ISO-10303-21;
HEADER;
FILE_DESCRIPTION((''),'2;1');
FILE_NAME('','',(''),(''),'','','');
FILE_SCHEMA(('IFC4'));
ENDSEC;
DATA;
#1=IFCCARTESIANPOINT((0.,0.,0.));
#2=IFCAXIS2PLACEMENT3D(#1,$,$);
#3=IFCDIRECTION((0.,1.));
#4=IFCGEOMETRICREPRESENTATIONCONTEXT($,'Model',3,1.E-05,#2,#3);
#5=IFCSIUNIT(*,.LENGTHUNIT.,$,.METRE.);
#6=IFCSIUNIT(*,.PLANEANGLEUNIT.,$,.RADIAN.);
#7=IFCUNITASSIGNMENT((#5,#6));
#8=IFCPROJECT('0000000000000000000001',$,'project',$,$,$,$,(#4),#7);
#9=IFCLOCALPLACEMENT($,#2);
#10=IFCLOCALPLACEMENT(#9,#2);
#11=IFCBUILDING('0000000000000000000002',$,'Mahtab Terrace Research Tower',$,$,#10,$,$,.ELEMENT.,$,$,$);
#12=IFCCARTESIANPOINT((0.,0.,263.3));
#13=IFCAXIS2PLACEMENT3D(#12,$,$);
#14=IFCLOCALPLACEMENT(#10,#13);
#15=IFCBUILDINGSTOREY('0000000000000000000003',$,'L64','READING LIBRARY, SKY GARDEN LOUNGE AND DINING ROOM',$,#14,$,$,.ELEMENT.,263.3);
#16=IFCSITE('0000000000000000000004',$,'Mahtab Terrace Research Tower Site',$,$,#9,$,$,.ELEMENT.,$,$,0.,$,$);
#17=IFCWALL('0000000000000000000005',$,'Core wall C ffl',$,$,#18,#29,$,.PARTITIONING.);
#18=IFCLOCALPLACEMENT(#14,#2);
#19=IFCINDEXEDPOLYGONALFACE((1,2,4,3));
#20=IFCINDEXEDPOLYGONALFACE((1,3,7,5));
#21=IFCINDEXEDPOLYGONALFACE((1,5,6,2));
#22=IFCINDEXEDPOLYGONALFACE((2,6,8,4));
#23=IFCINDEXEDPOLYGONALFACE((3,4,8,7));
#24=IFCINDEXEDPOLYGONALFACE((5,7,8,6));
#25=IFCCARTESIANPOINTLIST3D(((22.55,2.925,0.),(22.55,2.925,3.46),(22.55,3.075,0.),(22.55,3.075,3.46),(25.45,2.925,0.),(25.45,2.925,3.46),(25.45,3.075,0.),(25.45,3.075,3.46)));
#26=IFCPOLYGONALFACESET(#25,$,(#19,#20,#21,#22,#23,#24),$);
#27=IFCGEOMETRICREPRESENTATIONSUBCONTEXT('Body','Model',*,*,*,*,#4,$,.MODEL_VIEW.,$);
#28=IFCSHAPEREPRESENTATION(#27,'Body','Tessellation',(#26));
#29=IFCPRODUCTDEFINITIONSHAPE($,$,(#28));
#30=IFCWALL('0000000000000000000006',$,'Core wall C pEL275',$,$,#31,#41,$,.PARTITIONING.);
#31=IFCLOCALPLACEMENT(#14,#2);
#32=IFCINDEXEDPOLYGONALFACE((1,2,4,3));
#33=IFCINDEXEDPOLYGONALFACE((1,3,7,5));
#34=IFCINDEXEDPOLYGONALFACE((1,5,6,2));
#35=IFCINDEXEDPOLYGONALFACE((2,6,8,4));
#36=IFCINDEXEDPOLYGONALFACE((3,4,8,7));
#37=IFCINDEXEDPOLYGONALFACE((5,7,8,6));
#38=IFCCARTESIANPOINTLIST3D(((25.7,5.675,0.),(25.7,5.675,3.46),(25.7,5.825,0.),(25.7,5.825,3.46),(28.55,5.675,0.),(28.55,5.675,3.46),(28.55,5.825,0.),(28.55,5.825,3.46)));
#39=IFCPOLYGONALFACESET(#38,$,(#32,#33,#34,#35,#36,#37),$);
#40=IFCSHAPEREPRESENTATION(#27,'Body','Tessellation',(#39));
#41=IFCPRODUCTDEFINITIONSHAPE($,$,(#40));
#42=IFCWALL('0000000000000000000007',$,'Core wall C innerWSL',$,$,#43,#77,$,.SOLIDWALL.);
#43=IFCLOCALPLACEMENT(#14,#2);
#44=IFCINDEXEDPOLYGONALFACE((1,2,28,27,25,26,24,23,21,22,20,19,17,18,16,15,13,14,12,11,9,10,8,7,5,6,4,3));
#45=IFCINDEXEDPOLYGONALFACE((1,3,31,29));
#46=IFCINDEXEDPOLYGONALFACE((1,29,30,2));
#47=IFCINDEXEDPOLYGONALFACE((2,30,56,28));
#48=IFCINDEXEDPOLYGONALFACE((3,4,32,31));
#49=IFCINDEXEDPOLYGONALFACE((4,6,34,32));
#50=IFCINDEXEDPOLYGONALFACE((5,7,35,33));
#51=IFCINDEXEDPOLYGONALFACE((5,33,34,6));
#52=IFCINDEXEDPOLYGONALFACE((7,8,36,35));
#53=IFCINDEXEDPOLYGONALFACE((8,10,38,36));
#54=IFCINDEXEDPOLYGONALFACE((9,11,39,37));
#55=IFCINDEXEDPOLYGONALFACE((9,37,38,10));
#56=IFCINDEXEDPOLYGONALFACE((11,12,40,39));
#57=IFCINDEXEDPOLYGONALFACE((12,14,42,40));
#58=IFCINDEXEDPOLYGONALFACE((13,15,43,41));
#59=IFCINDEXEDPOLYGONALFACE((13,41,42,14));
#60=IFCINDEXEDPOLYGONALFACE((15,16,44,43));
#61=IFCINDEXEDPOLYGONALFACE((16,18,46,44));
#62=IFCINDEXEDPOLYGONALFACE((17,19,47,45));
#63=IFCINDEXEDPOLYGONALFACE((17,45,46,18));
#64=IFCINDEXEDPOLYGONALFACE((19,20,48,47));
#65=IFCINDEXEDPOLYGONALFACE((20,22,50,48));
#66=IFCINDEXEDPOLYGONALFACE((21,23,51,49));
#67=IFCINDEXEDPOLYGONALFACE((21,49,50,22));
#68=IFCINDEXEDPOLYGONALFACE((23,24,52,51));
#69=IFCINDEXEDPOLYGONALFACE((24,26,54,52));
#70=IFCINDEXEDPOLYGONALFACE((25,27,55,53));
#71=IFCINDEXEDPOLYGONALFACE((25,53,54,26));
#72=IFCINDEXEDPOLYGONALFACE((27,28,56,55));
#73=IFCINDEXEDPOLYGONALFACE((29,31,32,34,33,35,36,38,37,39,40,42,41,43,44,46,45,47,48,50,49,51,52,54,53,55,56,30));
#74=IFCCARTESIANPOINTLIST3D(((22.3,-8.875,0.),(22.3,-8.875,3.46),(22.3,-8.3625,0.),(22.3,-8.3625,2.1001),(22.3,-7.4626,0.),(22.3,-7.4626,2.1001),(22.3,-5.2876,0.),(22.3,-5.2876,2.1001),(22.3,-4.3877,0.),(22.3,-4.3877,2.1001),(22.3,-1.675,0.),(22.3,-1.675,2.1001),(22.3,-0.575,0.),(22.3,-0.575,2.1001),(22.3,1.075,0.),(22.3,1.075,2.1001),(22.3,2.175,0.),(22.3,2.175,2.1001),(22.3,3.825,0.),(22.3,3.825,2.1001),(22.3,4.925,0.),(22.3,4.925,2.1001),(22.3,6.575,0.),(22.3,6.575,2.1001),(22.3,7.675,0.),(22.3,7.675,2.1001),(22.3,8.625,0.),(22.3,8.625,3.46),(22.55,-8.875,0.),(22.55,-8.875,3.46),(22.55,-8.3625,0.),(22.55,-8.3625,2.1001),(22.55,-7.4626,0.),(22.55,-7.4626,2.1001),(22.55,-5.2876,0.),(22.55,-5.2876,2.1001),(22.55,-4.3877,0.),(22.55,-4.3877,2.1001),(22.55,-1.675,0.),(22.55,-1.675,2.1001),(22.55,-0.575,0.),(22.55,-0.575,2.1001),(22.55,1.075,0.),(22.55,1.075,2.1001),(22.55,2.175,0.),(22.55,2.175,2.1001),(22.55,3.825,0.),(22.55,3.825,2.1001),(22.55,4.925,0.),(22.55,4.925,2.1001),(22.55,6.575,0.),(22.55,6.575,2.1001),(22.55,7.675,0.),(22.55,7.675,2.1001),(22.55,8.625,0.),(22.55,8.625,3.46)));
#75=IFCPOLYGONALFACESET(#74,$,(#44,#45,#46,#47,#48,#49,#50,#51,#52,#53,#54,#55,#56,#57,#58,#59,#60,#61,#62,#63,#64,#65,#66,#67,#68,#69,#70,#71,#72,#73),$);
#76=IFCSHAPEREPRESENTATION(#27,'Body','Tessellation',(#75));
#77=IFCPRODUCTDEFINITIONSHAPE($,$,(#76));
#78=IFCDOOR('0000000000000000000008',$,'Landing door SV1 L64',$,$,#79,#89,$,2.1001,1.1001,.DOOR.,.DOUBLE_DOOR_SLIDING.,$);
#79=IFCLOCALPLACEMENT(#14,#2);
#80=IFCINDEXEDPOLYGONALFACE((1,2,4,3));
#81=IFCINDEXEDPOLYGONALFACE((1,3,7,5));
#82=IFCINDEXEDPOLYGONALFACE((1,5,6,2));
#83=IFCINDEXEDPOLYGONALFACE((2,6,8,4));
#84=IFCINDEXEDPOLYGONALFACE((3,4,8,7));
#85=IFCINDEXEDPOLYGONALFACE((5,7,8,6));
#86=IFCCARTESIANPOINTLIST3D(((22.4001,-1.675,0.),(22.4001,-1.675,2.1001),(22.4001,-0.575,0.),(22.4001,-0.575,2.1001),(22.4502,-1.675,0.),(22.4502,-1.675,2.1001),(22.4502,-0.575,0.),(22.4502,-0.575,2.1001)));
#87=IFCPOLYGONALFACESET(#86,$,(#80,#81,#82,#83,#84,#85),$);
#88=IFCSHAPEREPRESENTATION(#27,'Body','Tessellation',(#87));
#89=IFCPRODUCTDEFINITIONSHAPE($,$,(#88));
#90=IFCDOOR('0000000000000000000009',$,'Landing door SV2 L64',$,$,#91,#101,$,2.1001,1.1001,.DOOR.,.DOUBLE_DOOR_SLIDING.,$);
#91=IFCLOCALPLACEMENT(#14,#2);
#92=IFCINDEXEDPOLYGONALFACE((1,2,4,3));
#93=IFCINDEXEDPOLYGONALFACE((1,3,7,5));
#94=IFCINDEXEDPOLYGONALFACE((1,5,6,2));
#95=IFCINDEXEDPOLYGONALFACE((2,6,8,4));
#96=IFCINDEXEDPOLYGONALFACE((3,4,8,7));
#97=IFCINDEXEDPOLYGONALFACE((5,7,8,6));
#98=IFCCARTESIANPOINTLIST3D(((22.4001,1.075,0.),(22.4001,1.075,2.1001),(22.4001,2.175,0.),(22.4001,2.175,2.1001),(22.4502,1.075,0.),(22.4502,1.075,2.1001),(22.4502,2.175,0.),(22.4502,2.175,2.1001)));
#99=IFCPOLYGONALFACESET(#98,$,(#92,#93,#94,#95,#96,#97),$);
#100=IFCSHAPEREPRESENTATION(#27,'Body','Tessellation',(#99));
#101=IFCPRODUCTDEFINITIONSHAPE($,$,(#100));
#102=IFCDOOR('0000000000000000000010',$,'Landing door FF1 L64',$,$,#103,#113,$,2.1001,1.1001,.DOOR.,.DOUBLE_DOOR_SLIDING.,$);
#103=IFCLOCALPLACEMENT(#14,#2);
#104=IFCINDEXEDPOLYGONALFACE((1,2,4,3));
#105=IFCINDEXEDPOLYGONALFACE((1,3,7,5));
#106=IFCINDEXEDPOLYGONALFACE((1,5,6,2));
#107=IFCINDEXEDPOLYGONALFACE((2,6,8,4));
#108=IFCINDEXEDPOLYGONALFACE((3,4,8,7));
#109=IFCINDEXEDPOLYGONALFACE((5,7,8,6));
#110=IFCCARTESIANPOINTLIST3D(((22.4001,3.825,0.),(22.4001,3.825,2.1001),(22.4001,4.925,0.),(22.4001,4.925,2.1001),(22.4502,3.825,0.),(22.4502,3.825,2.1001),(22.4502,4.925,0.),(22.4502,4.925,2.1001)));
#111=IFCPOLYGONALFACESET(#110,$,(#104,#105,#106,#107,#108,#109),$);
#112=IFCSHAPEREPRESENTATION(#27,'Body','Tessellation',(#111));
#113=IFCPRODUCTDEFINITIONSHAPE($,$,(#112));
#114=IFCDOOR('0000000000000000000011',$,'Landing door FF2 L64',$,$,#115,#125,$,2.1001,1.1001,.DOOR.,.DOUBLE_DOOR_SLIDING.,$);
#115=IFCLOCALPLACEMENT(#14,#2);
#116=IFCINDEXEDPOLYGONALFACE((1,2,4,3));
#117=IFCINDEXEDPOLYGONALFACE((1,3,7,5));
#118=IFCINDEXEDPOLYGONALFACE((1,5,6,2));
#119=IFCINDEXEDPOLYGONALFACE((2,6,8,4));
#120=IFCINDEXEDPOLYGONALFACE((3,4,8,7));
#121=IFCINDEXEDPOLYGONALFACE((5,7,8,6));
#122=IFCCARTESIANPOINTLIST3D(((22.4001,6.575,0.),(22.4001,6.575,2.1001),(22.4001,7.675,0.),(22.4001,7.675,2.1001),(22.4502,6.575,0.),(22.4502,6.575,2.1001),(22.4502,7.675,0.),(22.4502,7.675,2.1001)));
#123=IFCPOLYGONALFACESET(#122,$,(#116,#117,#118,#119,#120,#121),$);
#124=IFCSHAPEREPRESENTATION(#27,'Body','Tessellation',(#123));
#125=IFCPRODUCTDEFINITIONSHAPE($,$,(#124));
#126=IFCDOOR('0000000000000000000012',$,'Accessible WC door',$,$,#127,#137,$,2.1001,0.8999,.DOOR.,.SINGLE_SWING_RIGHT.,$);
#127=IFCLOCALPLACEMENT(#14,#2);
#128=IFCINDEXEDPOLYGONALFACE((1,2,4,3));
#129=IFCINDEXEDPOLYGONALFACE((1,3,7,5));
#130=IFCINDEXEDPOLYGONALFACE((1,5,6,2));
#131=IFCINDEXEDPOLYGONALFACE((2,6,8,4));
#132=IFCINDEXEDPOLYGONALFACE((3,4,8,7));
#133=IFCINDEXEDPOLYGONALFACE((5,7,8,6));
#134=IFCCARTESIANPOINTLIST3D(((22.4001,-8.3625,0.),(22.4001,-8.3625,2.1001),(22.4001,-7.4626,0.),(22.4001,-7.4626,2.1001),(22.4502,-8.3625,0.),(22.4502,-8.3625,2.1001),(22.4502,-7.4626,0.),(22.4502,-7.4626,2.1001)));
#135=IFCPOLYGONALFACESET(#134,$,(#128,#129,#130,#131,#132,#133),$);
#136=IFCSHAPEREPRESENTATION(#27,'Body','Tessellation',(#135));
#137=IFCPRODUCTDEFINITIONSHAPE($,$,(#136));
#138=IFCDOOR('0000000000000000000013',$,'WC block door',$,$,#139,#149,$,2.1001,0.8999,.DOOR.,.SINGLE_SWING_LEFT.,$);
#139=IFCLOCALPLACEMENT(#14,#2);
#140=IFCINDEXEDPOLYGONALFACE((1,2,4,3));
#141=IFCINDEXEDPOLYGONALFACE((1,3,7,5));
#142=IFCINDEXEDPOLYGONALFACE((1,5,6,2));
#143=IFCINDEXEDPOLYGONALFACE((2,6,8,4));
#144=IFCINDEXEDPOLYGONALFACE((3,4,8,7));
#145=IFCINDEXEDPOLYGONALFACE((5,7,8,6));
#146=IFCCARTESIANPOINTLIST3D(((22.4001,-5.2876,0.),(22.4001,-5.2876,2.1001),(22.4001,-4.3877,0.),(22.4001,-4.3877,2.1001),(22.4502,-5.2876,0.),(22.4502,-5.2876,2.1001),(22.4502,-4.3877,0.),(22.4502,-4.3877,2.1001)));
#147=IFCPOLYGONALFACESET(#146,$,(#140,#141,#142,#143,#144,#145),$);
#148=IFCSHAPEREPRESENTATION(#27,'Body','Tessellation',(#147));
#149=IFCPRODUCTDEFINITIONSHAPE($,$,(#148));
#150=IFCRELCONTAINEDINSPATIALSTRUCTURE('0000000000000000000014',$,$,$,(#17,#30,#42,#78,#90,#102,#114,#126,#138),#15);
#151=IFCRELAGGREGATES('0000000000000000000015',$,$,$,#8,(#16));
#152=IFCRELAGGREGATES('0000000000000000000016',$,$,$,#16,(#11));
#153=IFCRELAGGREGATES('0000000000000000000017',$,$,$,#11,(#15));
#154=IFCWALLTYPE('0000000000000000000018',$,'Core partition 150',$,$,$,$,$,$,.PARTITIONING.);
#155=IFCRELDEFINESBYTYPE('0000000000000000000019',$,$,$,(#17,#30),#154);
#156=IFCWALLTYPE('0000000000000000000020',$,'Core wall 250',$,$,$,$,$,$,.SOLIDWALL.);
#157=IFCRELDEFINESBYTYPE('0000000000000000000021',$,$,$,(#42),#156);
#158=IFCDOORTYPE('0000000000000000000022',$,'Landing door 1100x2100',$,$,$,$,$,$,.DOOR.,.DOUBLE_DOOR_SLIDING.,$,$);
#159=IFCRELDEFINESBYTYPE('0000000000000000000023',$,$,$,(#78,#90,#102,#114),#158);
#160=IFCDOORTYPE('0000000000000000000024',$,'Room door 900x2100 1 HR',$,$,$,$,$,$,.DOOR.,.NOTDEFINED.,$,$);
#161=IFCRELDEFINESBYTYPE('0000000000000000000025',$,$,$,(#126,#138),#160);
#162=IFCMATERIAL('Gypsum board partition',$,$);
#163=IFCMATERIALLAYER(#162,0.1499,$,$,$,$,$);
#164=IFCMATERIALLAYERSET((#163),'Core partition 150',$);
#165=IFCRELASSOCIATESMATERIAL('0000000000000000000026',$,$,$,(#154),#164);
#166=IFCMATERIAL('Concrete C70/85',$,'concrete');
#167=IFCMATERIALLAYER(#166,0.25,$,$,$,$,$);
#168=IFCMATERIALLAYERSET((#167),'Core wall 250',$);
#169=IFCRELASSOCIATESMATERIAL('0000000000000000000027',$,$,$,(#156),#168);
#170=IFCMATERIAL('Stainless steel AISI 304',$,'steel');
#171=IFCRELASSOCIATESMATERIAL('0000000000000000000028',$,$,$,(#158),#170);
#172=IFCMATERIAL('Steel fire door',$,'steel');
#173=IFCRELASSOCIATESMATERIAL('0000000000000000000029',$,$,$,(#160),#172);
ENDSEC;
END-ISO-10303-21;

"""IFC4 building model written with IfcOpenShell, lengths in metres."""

from ifc_helpers import new_model, si_unit, direction, frame, frame_2d, origin, place, context, subcontext, project, spatial, rectangle, extrude, material, layer, layer_set, type_object, element, fill, save


model = new_model("IFC4")

# Units and contexts
model_context = context("Model", 3, precision=1e-05, world=origin(), true_north=direction((0.0, 1.0)))
body_context = subcontext(model_context, "Body", "Model", "MODEL_VIEW")
ifc_project = project(units=[si_unit("LENGTHUNIT", "METRE"), si_unit("PLANEANGLEUNIT", "RADIAN")], contexts=[model_context])

# Site, building, storey
site_placement = place(None, origin())
site = spatial("IfcSite", under=ifc_project, at=site_placement, Name="Mahtab Terrace Research Tower Site", CompositionType="ELEMENT", RefElevation=0.0)
building_placement = place(site_placement, origin())
building = spatial("IfcBuilding", under=site, at=building_placement, Name="Mahtab Terrace Research Tower", CompositionType="ELEMENT")
storey_placement = place(building_placement, frame((0.0, 0.0, 263.3)))
storey = spatial("IfcBuildingStorey", under=building, at=storey_placement, Name="L64", Description="READING LIBRARY, SKY GARDEN LOUNGE AND DINING ROOM", CompositionType="ELEMENT", Elevation=263.3)

# Walls
ifc_material_1 = material(Name="Gypsum board partition")
ifc_layer_1 = layer(ifc_material_1, 0.1499)
ifc_layer_set_1 = layer_set([ifc_layer_1], Name="Core partition 150")
wall_type_1 = type_object("IfcWallType", Name="Core partition 150", PredefinedType="PARTITIONING", material=ifc_layer_set_1)
wall_1_placement = place(storey_placement, frame((22.55, 3.0, 0.0), z_axis=(0.0, 0.0, 1.0), x_axis=(1.0, 0.0, 0.0)))
element("IfcWall", 1, at=wall_1_placement, inside=storey, type_object=wall_type_1, Name="Core wall C ffl", PredefinedType="PARTITIONING", context=body_context, shape_type="SweptSolid", body=[
    extrude(rectangle(XDim=2.8999, YDim=0.1499, at=frame_2d((1.45, 0.0))), origin(), (0.0, 0.0, 1.0), 3.46),
])
wall_2_placement = place(storey_placement, frame((25.7, 5.75, 0.0), z_axis=(0.0, 0.0, 1.0), x_axis=(1.0, 0.0, 0.0)))
element("IfcWall", 2, at=wall_2_placement, inside=storey, type_object=wall_type_1, Name="Core wall C pEL275", PredefinedType="PARTITIONING", context=body_context, shape_type="SweptSolid", body=[
    extrude(rectangle(XDim=2.8501, YDim=0.1499, at=frame_2d((1.425, 0.0))), origin(), (0.0, 0.0, 1.0), 3.46),
])

# Wall, openings, doors
ifc_material_2 = material(Name="Concrete C70/85", Category="concrete")
ifc_layer_2 = layer(ifc_material_2, 0.25)
ifc_layer_set_2 = layer_set([ifc_layer_2], Name="Core wall 250")
wall_type_2 = type_object("IfcWallType", Name="Core wall 250", PredefinedType="SOLIDWALL", material=ifc_layer_set_2)
wall_3_placement = place(storey_placement, frame((22.425, -8.875, 0.0), z_axis=(0.0, 0.0, 1.0), x_axis=(0.0, 1.0, 0.0)))
wall_3 = element("IfcWall", 3, at=wall_3_placement, inside=storey, type_object=wall_type_2, Name="Core wall C innerWSL", PredefinedType="SOLIDWALL", context=body_context, shape_type="SweptSolid", body=[
    extrude(rectangle(XDim=17.5, YDim=0.25, at=frame_2d((8.75, 0.0))), origin(), (0.0, 0.0, 1.0), 3.46),
])
opening_1_placement = place(wall_3_placement, frame((7.2, 0.0, 0.0)))
opening_1 = element("IfcOpeningElement", 4, at=opening_1_placement, cuts=wall_3, PredefinedType="OPENING", context=body_context, shape_type="SweptSolid", body=[
    extrude(rectangle(XDim=1.1001, YDim=2.1001, at=frame_2d((0.55, 1.05))), frame((0.0, 0.135, 0.0), z_axis=(0.0, -1.0, 0.0), x_axis=(1.0, 0.0, 0.0)), (0.0, 0.0, 1.0), 0.27),
])
opening_2_placement = place(wall_3_placement, frame((9.95, 0.0, 0.0)))
opening_2 = element("IfcOpeningElement", 5, at=opening_2_placement, cuts=wall_3, PredefinedType="OPENING", context=body_context, shape_type="SweptSolid", body=[
    extrude(rectangle(XDim=1.1001, YDim=2.1001, at=frame_2d((0.55, 1.05))), frame((0.0, 0.135, 0.0), z_axis=(0.0, -1.0, 0.0), x_axis=(1.0, 0.0, 0.0)), (0.0, 0.0, 1.0), 0.27),
])
opening_3_placement = place(wall_3_placement, frame((12.7, 0.0, 0.0)))
opening_3 = element("IfcOpeningElement", 6, at=opening_3_placement, cuts=wall_3, PredefinedType="OPENING", context=body_context, shape_type="SweptSolid", body=[
    extrude(rectangle(XDim=1.1001, YDim=2.1001, at=frame_2d((0.55, 1.05))), frame((0.0, 0.135, 0.0), z_axis=(0.0, -1.0, 0.0), x_axis=(1.0, 0.0, 0.0)), (0.0, 0.0, 1.0), 0.27),
])
opening_4_placement = place(wall_3_placement, frame((15.45, 0.0, 0.0)))
opening_4 = element("IfcOpeningElement", 7, at=opening_4_placement, cuts=wall_3, PredefinedType="OPENING", context=body_context, shape_type="SweptSolid", body=[
    extrude(rectangle(XDim=1.1001, YDim=2.1001, at=frame_2d((0.55, 1.05))), frame((0.0, 0.135, 0.0), z_axis=(0.0, -1.0, 0.0), x_axis=(1.0, 0.0, 0.0)), (0.0, 0.0, 1.0), 0.27),
])
opening_5_placement = place(wall_3_placement, frame((0.5125, 0.0, 0.0)))
opening_5 = element("IfcOpeningElement", 8, at=opening_5_placement, cuts=wall_3, PredefinedType="OPENING", context=body_context, shape_type="SweptSolid", body=[
    extrude(rectangle(XDim=0.8999, YDim=2.1001, at=frame_2d((0.45, 1.05))), frame((0.0, 0.135, 0.0), z_axis=(0.0, -1.0, 0.0), x_axis=(1.0, 0.0, 0.0)), (0.0, 0.0, 1.0), 0.27),
])
opening_6_placement = place(wall_3_placement, frame((3.5874, 0.0, 0.0)))
opening_6 = element("IfcOpeningElement", 9, at=opening_6_placement, cuts=wall_3, PredefinedType="OPENING", context=body_context, shape_type="SweptSolid", body=[
    extrude(rectangle(XDim=0.8999, YDim=2.1001, at=frame_2d((0.45, 1.05))), frame((0.0, 0.135, 0.0), z_axis=(0.0, -1.0, 0.0), x_axis=(1.0, 0.0, 0.0)), (0.0, 0.0, 1.0), 0.27),
])
ifc_material_3 = material(Name="Stainless steel AISI 304", Category="steel")
door_type_1 = type_object("IfcDoorType", Name="Landing door 1100x2100", OperationType="DOUBLE_DOOR_SLIDING", PredefinedType="DOOR", material=ifc_material_3)
door_1_placement = place(opening_1_placement, origin())
door_1 = element("IfcDoor", 10, at=door_1_placement, inside=storey, type_object=door_type_1, Name="Landing door SV1 L64", OperationType="DOUBLE_DOOR_SLIDING", OverallHeight=2.1001, OverallWidth=1.1001, PredefinedType="DOOR", context=body_context, shape_type="SweptSolid", body=[
    extrude(rectangle(XDim=1.1001, YDim=2.1001, at=frame_2d((0.55, 1.05))), frame((0.0, 0.0249, 0.0), z_axis=(0.0, -1.0, 0.0), x_axis=(1.0, 0.0, 0.0)), (0.0, 0.0, 1.0), 0.05),
])
fill(opening_1, door_1)
door_2_placement = place(opening_2_placement, origin())
door_2 = element("IfcDoor", 11, at=door_2_placement, inside=storey, type_object=door_type_1, Name="Landing door SV2 L64", OperationType="DOUBLE_DOOR_SLIDING", OverallHeight=2.1001, OverallWidth=1.1001, PredefinedType="DOOR", context=body_context, shape_type="SweptSolid", body=[
    extrude(rectangle(XDim=1.1001, YDim=2.1001, at=frame_2d((0.55, 1.05))), frame((0.0, 0.0249, 0.0), z_axis=(0.0, -1.0, 0.0), x_axis=(1.0, 0.0, 0.0)), (0.0, 0.0, 1.0), 0.05),
])
fill(opening_2, door_2)
door_3_placement = place(opening_3_placement, origin())
door_3 = element("IfcDoor", 12, at=door_3_placement, inside=storey, type_object=door_type_1, Name="Landing door FF1 L64", OperationType="DOUBLE_DOOR_SLIDING", OverallHeight=2.1001, OverallWidth=1.1001, PredefinedType="DOOR", context=body_context, shape_type="SweptSolid", body=[
    extrude(rectangle(XDim=1.1001, YDim=2.1001, at=frame_2d((0.55, 1.05))), frame((0.0, 0.0249, 0.0), z_axis=(0.0, -1.0, 0.0), x_axis=(1.0, 0.0, 0.0)), (0.0, 0.0, 1.0), 0.05),
])
fill(opening_3, door_3)
door_4_placement = place(opening_4_placement, origin())
door_4 = element("IfcDoor", 13, at=door_4_placement, inside=storey, type_object=door_type_1, Name="Landing door FF2 L64", OperationType="DOUBLE_DOOR_SLIDING", OverallHeight=2.1001, OverallWidth=1.1001, PredefinedType="DOOR", context=body_context, shape_type="SweptSolid", body=[
    extrude(rectangle(XDim=1.1001, YDim=2.1001, at=frame_2d((0.55, 1.05))), frame((0.0, 0.0249, 0.0), z_axis=(0.0, -1.0, 0.0), x_axis=(1.0, 0.0, 0.0)), (0.0, 0.0, 1.0), 0.05),
])
fill(opening_4, door_4)
ifc_material_4 = material(Name="Steel fire door", Category="steel")
door_type_2 = type_object("IfcDoorType", Name="Room door 900x2100 1 HR", OperationType="NOTDEFINED", PredefinedType="DOOR", material=ifc_material_4)
door_5_placement = place(opening_5_placement, origin())
door_5 = element("IfcDoor", 14, at=door_5_placement, inside=storey, type_object=door_type_2, Name="Accessible WC door", OperationType="SINGLE_SWING_RIGHT", OverallHeight=2.1001, OverallWidth=0.8999, PredefinedType="DOOR", context=body_context, shape_type="SweptSolid", body=[
    extrude(rectangle(XDim=0.8999, YDim=2.1001, at=frame_2d((0.45, 1.05))), frame((0.0, 0.0249, 0.0), z_axis=(0.0, -1.0, 0.0), x_axis=(1.0, 0.0, 0.0)), (0.0, 0.0, 1.0), 0.05),
])
fill(opening_5, door_5)
door_6_placement = place(opening_6_placement, origin())
door_6 = element("IfcDoor", 15, at=door_6_placement, inside=storey, type_object=door_type_2, Name="WC block door", OperationType="SINGLE_SWING_LEFT", OverallHeight=2.1001, OverallWidth=0.8999, PredefinedType="DOOR", context=body_context, shape_type="SweptSolid", body=[
    extrude(rectangle(XDim=0.8999, YDim=2.1001, at=frame_2d((0.45, 1.05))), frame((0.0, 0.0249, 0.0), z_axis=(0.0, -1.0, 0.0), x_axis=(1.0, 0.0, 0.0)), (0.0, 0.0, 1.0), 0.05),
])
fill(opening_6, door_6)

save(model, "model.ifc")
